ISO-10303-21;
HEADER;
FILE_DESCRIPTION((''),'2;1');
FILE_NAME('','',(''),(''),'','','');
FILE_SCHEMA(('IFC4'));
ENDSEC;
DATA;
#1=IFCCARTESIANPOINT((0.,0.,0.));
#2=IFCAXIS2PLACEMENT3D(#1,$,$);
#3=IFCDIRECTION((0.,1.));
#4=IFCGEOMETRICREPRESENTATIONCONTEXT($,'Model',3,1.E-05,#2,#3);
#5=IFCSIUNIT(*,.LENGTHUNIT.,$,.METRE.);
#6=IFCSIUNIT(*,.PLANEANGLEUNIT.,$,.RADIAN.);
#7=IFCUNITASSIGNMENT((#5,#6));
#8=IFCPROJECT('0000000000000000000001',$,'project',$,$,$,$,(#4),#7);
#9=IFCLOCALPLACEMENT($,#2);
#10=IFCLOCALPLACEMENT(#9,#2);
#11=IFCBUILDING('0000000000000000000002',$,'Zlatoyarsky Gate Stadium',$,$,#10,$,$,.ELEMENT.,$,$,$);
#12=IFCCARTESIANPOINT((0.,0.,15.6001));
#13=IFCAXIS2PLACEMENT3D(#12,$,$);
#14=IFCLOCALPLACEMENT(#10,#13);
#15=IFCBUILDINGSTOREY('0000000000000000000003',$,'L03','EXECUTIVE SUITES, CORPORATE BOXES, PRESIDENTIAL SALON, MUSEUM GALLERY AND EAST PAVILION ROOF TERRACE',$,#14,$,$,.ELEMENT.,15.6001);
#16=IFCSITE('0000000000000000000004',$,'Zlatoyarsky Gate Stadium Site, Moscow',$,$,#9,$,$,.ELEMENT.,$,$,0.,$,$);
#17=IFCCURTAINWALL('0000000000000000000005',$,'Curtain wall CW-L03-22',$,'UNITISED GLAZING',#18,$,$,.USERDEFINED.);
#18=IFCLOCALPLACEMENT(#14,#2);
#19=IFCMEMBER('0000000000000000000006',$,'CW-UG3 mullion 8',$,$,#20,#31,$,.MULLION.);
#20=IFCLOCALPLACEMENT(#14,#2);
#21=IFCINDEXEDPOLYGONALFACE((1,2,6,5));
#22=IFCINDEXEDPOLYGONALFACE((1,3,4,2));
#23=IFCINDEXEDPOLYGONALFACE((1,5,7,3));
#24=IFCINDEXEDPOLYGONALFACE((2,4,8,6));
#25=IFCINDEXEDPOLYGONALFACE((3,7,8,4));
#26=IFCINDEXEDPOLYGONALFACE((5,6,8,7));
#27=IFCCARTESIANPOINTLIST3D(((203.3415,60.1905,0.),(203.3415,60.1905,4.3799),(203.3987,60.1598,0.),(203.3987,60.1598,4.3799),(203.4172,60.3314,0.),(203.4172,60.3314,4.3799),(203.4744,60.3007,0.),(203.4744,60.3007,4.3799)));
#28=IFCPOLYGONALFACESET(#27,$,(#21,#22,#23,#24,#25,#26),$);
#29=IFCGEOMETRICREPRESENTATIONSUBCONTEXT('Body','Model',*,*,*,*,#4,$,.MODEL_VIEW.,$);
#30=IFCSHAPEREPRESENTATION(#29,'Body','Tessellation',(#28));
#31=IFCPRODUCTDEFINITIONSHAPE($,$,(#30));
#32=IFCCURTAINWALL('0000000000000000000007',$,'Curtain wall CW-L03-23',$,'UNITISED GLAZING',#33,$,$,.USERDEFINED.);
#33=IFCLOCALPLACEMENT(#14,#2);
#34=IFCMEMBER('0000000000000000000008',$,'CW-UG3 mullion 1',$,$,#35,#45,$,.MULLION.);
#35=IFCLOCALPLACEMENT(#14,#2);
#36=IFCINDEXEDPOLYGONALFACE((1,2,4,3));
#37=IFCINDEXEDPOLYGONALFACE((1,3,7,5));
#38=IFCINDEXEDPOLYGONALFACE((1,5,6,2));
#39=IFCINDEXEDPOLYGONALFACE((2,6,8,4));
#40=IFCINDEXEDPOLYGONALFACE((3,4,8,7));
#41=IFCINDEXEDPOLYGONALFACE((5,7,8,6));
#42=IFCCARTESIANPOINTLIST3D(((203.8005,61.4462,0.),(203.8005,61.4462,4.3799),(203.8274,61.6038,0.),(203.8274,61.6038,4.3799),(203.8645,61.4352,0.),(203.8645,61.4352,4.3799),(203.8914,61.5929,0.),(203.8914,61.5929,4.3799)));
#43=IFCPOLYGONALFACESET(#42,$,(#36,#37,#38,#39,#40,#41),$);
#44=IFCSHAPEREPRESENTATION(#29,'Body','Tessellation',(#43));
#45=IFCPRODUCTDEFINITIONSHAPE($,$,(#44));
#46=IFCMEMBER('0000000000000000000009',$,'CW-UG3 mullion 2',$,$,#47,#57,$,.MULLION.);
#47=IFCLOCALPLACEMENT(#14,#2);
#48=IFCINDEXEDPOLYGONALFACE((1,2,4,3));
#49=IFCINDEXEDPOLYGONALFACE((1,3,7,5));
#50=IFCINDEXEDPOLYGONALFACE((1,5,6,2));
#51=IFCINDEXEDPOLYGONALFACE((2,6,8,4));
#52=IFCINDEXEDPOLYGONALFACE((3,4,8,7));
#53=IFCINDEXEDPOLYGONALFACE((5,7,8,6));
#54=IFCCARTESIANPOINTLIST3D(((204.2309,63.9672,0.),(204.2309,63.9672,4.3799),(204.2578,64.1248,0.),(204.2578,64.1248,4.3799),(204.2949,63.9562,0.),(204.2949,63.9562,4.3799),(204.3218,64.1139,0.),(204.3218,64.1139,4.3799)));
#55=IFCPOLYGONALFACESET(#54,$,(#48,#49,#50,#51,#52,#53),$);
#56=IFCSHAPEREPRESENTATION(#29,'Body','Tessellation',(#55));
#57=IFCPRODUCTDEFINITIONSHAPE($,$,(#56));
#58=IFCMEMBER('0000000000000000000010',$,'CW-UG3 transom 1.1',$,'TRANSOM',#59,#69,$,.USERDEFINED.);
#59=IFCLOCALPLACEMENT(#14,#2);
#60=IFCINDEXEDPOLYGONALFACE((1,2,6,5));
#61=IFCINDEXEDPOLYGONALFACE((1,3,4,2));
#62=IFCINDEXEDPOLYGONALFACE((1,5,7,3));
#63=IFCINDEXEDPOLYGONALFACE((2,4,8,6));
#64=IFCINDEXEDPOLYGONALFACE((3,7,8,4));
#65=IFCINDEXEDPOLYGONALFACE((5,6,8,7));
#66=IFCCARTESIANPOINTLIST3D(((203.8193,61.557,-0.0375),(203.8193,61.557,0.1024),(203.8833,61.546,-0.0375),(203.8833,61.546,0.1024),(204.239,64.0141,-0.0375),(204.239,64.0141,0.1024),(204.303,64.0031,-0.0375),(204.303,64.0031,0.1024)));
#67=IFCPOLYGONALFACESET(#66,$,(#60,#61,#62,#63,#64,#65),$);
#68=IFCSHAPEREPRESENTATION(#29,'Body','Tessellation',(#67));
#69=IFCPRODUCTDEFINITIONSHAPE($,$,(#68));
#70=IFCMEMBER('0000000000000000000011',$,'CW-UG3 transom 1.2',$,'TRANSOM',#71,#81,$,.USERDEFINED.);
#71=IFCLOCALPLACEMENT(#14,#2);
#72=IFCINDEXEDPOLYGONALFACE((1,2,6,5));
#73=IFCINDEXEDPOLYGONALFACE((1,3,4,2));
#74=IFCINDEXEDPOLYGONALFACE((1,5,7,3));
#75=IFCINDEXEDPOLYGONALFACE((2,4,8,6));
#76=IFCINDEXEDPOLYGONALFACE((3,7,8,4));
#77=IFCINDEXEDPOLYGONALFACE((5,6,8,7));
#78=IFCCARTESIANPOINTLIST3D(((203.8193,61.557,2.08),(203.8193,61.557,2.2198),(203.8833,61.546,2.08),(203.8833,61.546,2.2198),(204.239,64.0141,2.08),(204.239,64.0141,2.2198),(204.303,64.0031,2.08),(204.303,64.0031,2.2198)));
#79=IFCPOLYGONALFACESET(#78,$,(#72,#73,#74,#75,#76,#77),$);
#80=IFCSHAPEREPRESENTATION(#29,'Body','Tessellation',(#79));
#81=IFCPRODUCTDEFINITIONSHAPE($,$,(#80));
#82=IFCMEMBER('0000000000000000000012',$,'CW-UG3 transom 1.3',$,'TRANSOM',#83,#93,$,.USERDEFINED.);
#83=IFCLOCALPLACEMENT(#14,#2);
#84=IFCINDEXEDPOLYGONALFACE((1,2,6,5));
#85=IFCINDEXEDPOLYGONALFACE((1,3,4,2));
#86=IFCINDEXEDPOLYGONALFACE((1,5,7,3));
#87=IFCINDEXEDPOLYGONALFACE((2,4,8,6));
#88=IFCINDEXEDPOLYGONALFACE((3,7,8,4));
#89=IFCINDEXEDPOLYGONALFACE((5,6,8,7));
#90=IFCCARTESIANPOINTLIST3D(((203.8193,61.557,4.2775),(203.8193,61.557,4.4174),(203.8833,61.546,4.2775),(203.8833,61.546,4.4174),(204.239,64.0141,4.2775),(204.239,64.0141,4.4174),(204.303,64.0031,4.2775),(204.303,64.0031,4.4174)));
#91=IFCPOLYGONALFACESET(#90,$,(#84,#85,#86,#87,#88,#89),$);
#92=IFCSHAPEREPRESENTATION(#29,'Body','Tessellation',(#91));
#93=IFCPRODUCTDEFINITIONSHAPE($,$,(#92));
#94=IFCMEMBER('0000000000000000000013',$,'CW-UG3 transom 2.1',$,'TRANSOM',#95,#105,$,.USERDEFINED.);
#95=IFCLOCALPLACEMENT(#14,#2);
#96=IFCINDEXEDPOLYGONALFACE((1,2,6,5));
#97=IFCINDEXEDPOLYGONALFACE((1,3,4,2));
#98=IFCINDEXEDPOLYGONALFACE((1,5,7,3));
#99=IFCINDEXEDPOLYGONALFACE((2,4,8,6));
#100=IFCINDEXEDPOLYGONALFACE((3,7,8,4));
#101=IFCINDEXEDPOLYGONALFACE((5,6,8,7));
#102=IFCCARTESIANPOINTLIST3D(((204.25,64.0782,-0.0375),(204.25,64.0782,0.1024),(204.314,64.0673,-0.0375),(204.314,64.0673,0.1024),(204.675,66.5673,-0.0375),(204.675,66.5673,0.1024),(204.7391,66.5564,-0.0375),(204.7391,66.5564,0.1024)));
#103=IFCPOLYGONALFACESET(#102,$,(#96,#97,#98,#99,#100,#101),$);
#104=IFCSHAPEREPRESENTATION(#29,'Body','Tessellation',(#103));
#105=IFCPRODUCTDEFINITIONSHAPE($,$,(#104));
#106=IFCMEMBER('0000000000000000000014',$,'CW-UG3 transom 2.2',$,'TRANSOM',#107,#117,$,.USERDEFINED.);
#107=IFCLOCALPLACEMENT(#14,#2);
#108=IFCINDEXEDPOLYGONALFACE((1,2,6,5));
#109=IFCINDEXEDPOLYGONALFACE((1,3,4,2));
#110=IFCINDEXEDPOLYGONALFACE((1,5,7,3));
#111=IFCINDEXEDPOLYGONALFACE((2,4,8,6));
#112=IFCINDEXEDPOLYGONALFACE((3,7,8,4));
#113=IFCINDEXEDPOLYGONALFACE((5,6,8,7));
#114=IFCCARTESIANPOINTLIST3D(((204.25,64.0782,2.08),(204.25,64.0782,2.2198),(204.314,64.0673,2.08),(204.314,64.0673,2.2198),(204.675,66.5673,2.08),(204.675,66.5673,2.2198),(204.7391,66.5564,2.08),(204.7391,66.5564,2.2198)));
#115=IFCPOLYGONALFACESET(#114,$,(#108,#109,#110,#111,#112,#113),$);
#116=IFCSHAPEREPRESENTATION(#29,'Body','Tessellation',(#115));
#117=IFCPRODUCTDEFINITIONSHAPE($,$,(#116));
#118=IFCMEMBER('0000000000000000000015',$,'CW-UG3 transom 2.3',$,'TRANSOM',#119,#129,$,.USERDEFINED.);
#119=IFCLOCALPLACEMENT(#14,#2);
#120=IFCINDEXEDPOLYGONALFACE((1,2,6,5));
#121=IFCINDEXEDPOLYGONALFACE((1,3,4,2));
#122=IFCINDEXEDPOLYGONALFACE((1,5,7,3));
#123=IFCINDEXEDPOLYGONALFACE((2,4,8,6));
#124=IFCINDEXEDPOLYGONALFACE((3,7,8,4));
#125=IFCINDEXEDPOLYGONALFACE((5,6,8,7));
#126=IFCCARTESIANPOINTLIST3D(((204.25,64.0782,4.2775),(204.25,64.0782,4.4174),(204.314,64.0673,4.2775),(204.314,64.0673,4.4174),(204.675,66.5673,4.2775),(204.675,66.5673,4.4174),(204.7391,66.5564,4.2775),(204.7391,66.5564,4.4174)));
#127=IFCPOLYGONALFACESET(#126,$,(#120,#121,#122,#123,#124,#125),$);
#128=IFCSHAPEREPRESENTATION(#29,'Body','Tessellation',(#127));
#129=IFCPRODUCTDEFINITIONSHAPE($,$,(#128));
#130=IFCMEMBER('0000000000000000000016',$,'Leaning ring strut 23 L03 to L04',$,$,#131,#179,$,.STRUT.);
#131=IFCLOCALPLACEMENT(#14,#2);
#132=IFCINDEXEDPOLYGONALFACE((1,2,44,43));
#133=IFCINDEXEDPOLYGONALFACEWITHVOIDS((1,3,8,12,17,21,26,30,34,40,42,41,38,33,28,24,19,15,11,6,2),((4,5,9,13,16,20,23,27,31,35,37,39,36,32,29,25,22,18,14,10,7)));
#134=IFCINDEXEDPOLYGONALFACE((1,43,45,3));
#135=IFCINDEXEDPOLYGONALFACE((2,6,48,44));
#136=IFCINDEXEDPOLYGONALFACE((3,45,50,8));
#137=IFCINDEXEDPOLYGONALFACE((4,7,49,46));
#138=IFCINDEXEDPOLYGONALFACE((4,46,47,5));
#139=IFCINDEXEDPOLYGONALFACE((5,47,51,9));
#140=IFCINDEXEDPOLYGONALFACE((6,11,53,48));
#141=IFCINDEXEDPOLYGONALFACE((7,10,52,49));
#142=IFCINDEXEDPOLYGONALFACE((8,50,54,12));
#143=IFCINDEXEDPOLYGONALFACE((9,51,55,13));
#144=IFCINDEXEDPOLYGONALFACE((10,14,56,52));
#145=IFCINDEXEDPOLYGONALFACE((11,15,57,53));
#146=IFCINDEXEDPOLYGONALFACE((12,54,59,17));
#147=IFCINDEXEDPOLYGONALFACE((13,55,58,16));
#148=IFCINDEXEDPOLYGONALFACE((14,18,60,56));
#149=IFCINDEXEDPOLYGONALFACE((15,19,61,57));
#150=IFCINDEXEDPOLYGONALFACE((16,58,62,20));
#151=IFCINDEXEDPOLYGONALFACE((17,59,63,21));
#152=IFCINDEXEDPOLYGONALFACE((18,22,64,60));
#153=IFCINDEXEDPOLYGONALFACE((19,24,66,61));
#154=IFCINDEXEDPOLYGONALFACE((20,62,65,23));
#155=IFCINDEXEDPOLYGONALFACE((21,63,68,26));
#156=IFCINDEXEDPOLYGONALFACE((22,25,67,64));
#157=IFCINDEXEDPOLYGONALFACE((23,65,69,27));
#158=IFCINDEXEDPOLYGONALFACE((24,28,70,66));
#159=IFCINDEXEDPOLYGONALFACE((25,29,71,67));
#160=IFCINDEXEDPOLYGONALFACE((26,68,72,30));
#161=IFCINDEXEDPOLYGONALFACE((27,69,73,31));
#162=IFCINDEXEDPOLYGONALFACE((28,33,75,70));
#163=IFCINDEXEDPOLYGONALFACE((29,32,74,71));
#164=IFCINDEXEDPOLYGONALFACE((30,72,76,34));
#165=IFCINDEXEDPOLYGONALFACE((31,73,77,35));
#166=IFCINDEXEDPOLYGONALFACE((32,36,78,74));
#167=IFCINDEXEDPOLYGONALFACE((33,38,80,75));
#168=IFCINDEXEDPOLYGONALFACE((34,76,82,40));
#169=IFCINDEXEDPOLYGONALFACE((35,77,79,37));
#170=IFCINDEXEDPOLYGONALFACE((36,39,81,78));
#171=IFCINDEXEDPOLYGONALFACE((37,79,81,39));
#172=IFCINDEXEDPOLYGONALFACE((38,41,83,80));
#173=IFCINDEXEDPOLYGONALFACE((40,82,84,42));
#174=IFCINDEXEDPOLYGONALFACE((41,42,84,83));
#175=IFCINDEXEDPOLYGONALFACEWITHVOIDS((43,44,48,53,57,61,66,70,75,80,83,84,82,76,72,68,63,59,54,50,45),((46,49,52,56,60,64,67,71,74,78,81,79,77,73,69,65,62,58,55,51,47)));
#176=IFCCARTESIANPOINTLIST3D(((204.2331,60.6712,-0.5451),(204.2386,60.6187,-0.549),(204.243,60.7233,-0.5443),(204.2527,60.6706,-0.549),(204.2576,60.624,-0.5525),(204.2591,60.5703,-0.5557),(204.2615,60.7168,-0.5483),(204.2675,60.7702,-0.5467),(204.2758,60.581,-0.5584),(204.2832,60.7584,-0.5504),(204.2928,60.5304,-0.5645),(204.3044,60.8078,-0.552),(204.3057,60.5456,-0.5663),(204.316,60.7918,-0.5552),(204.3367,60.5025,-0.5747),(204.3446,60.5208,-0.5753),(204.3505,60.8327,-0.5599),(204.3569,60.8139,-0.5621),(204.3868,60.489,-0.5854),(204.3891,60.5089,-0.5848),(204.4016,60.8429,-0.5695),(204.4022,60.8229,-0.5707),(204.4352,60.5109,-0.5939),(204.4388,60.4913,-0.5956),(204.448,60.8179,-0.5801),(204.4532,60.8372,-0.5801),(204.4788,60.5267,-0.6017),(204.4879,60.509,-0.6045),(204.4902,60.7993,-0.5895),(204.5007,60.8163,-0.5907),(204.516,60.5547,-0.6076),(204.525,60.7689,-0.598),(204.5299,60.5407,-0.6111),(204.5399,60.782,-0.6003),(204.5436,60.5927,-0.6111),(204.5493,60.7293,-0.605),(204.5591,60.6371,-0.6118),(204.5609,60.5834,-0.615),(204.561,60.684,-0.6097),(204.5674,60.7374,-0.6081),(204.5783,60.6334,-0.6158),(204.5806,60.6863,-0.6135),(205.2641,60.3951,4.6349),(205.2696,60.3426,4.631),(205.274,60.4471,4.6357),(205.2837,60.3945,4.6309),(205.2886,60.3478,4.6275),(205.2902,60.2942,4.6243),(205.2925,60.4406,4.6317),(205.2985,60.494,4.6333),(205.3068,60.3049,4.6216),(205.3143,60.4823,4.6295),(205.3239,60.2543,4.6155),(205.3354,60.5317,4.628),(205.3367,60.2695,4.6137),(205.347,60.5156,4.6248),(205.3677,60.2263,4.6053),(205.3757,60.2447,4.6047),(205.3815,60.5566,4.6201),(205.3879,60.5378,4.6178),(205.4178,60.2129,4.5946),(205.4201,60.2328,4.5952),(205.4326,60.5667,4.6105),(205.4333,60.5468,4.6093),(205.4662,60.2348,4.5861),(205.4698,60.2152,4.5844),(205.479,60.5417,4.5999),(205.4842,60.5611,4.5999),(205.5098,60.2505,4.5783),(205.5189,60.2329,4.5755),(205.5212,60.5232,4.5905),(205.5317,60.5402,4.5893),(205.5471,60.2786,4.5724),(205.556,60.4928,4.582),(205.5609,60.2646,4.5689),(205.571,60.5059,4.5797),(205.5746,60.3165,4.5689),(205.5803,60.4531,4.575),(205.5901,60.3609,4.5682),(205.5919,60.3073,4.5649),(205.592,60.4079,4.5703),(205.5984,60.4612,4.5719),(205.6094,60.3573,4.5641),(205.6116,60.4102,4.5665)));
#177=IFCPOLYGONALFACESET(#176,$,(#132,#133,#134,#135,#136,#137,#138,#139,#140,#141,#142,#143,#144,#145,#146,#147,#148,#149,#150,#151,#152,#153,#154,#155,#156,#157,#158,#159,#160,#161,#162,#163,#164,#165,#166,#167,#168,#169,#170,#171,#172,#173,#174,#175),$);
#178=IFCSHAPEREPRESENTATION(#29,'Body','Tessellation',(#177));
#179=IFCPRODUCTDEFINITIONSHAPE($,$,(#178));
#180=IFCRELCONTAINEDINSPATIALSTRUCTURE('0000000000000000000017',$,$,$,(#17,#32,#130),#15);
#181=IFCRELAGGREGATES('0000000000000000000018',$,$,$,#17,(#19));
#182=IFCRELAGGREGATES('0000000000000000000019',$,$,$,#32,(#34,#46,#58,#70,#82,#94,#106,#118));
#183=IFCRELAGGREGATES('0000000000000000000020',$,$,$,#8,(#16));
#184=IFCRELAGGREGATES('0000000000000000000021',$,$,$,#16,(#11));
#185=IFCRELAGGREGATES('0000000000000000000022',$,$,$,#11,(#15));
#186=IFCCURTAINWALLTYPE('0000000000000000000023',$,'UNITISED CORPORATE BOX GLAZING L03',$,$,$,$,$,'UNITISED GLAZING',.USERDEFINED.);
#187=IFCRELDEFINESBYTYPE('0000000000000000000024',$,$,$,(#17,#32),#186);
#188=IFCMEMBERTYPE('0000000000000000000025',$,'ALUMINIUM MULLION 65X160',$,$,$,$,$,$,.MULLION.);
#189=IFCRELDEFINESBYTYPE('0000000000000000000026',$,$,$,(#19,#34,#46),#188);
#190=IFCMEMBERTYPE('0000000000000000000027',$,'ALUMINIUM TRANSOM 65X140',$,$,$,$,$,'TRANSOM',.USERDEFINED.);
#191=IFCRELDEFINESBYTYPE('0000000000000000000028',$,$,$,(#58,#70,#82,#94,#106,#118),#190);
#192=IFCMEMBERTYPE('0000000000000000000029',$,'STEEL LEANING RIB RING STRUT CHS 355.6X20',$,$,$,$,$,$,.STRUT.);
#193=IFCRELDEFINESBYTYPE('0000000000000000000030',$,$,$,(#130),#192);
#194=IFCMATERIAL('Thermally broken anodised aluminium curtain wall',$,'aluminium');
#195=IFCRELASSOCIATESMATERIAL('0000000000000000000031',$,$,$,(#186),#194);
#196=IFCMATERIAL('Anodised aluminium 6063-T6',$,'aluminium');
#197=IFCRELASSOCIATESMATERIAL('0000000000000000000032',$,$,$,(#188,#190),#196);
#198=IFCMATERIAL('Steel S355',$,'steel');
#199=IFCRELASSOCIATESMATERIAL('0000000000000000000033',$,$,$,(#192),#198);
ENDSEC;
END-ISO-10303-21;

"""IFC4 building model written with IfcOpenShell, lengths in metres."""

from ifc_helpers import new_model, si_unit, direction, frame, origin, origin_2d, place, context, subcontext, project, spatial, rectangle, hollow_circle, extrude, material, material_profile, profile_set, type_object, element, aggregate, save


model = new_model("IFC4")

# Units and contexts
model_context = context("Model", 3, precision=1e-05, world=origin(), true_north=direction((0.0, 1.0)))
body_context = subcontext(model_context, "Body", "Model", "MODEL_VIEW")
ifc_project = project(units=[si_unit("LENGTHUNIT", "METRE"), si_unit("PLANEANGLEUNIT", "RADIAN")], contexts=[model_context])

# Site, building, storey
site_placement = place(None, origin())
site = spatial("IfcSite", under=ifc_project, at=site_placement, Name="Zlatoyarsky Gate Stadium Site, Moscow", CompositionType="ELEMENT", RefElevation=0.0)
building_placement = place(site_placement, origin())
building = spatial("IfcBuilding", under=site, at=building_placement, Name="Zlatoyarsky Gate Stadium", CompositionType="ELEMENT")
storey_placement = place(building_placement, frame((0.0, 0.0, 15.6001)))
storey = spatial("IfcBuildingStorey", under=building, at=storey_placement, Name="L03", Description="EXECUTIVE SUITES, CORPORATE BOXES, PRESIDENTIAL SALON, MUSEUM GALLERY AND EAST PAVILION ROOF TERRACE", CompositionType="ELEMENT", Elevation=15.6001)

# Curtain wall, member
ifc_material_1 = material(Name="Thermally broken anodised aluminium curtain wall", Category="aluminium")
curtain_wall_type = type_object("IfcCurtainWallType", Name="UNITISED CORPORATE BOX GLAZING L03", ElementType="UNITISED GLAZING", PredefinedType="USERDEFINED", material=ifc_material_1)
curtain_wall_1_placement = place(storey_placement, origin())
curtain_wall_1 = element("IfcCurtainWall", 1, at=curtain_wall_1_placement, inside=storey, type_object=curtain_wall_type, Name="Curtain wall CW-L03-22", ObjectType="UNITISED GLAZING", PredefinedType="USERDEFINED")
ifc_material_2 = material(Name="Anodised aluminium 6063-T6", Category="aluminium")
ifc_material_profile_1 = material_profile(ifc_material_2, rectangle(XDim=0.0649, YDim=0.1599, at=origin_2d()), Name="ALU 65X160")
ifc_profile_set_1 = profile_set([ifc_material_profile_1], Name="Anodised aluminium 6063-T6")
member_type_1 = type_object("IfcMemberType", Name="ALUMINIUM MULLION 65X160", PredefinedType="MULLION", material=ifc_profile_set_1)
member_1_placement = place(storey_placement, frame((203.408, 60.2456, 0.0), z_axis=(0.0, 0.0, 1.0), x_axis=(-0.880877, 0.473345, 0.0)))
member_1 = element("IfcMember", 2, at=member_1_placement, type_object=member_type_1, Name="CW-UG3 mullion 8", PredefinedType="MULLION", context=body_context, shape_type="SweptSolid", body=[
    extrude(rectangle(XDim=0.0649, YDim=0.1599, at=origin_2d()), origin(), (0.0, 0.0, 1.0), 4.3799),
])

# Curtain wall, members
curtain_wall_2_placement = place(storey_placement, origin())
curtain_wall_2 = element("IfcCurtainWall", 3, at=curtain_wall_2_placement, inside=storey, type_object=curtain_wall_type, Name="Curtain wall CW-L03-23", ObjectType="UNITISED GLAZING", PredefinedType="USERDEFINED")
member_2_placement = place(storey_placement, frame((203.8459, 61.5195, 0.0), z_axis=(0.0, 0.0, 1.0), x_axis=(-0.985726, 0.168356, 0.0)))
member_2 = element("IfcMember", 4, at=member_2_placement, type_object=member_type_1, Name="CW-UG3 mullion 1", PredefinedType="MULLION", context=body_context, shape_type="SweptSolid", body=[
    extrude(rectangle(XDim=0.0649, YDim=0.1599, at=origin_2d()), origin(), (0.0, 0.0, 1.0), 4.3799),
])
member_3_placement = place(storey_placement, frame((204.2764, 64.0405, 0.0), z_axis=(0.0, 0.0, 1.0), x_axis=(-0.985726, 0.168356, 0.0)))
member_3 = element("IfcMember", 5, at=member_3_placement, type_object=member_type_1, Name="CW-UG3 mullion 2", PredefinedType="MULLION", context=body_context, shape_type="SweptSolid", body=[
    extrude(rectangle(XDim=0.0649, YDim=0.1599, at=origin_2d()), origin(), (0.0, 0.0, 1.0), 4.3799),
])
ifc_material_profile_2 = material_profile(ifc_material_2, rectangle(XDim=0.0649, YDim=0.1399, at=origin_2d()), Name="ALU 65X140")
ifc_profile_set_2 = profile_set([ifc_material_profile_2], Name="Anodised aluminium 6063-T6")
member_type_2 = type_object("IfcMemberType", Name="ALUMINIUM TRANSOM 65X140", ElementType="TRANSOM", PredefinedType="USERDEFINED", material=ifc_profile_set_2)
member_4_placement = place(storey_placement, frame((203.8513, 61.5515, 0.0325), z_axis=(0.168368, 0.985724, 0.0), x_axis=(-0.985724, 0.168368, 0.0)))
member_4 = element("IfcMember", 6, at=member_4_placement, type_object=member_type_2, Name="CW-UG3 transom 1.1", ObjectType="TRANSOM", PredefinedType="USERDEFINED", context=body_context, shape_type="SweptSolid", body=[
    extrude(rectangle(XDim=0.0649, YDim=0.1399, at=origin_2d()), origin(), (0.0, 0.0, 1.0), 2.4927),
])
member_5_placement = place(storey_placement, frame((203.8513, 61.5515, 2.1499), z_axis=(0.168368, 0.985724, 0.0), x_axis=(-0.985724, 0.168368, 0.0)))
member_5 = element("IfcMember", 7, at=member_5_placement, type_object=member_type_2, Name="CW-UG3 transom 1.2", ObjectType="TRANSOM", PredefinedType="USERDEFINED", context=body_context, shape_type="SweptSolid", body=[
    extrude(rectangle(XDim=0.0649, YDim=0.1399, at=origin_2d()), origin(), (0.0, 0.0, 1.0), 2.4927),
])
member_6_placement = place(storey_placement, frame((203.8513, 61.5515, 4.3474), z_axis=(0.168368, 0.985724, 0.0), x_axis=(-0.985724, 0.168368, 0.0)))
member_6 = element("IfcMember", 8, at=member_6_placement, type_object=member_type_2, Name="CW-UG3 transom 1.3", ObjectType="TRANSOM", PredefinedType="USERDEFINED", context=body_context, shape_type="SweptSolid", body=[
    extrude(rectangle(XDim=0.0649, YDim=0.1399, at=origin_2d()), origin(), (0.0, 0.0, 1.0), 2.4927),
])
member_7_placement = place(storey_placement, frame((204.282, 64.0728, 0.0325), z_axis=(0.168333, 0.98573, 0.0), x_axis=(-0.98573, 0.168333, 0.0)))
member_7 = element("IfcMember", 9, at=member_7_placement, type_object=member_type_2, Name="CW-UG3 transom 2.1", ObjectType="TRANSOM", PredefinedType="USERDEFINED", context=body_context, shape_type="SweptSolid", body=[
    extrude(rectangle(XDim=0.0649, YDim=0.1399, at=origin_2d()), origin(), (0.0, 0.0, 1.0), 2.5251),
])
member_8_placement = place(storey_placement, frame((204.282, 64.0728, 2.1499), z_axis=(0.168333, 0.98573, 0.0), x_axis=(-0.98573, 0.168333, 0.0)))
member_8 = element("IfcMember", 10, at=member_8_placement, type_object=member_type_2, Name="CW-UG3 transom 2.2", ObjectType="TRANSOM", PredefinedType="USERDEFINED", context=body_context, shape_type="SweptSolid", body=[
    extrude(rectangle(XDim=0.0649, YDim=0.1399, at=origin_2d()), origin(), (0.0, 0.0, 1.0), 2.5251),
])
member_9_placement = place(storey_placement, frame((204.282, 64.0728, 4.3474), z_axis=(0.168333, 0.98573, 0.0), x_axis=(-0.98573, 0.168333, 0.0)))
member_9 = element("IfcMember", 11, at=member_9_placement, type_object=member_type_2, Name="CW-UG3 transom 2.3", ObjectType="TRANSOM", PredefinedType="USERDEFINED", context=body_context, shape_type="SweptSolid", body=[
    extrude(rectangle(XDim=0.0649, YDim=0.1399, at=origin_2d()), origin(), (0.0, 0.0, 1.0), 2.5251),
])

# Member
ifc_material_3 = material(Name="Steel S355", Category="steel")
ifc_material_profile_3 = material_profile(ifc_material_3, hollow_circle(Radius=0.1777, WallThickness=0.02, at=origin_2d()), Name="CHS 355.6X20")
ifc_profile_set_3 = profile_set([ifc_material_profile_3], Name="Steel S355")
member_type_3 = type_object("IfcMemberType", Name="STEEL LEANING RIB RING STRUT CHS 355.6X20", PredefinedType="STRUT", material=ifc_profile_set_3)
member_10_placement = place(storey_placement, frame((204.4072, 60.6655, -0.5801), z_axis=(0.194943, -0.052209, 0.979424), x_axis=(0.258702, 0.965957, 0.0)))
element("IfcMember", 12, at=member_10_placement, inside=storey, type_object=member_type_3, Name="Leaning ring strut 23 L03 to L04", PredefinedType="STRUT", context=body_context, shape_type="SweptSolid", body=[
    extrude(hollow_circle(Radius=0.1777, WallThickness=0.02, at=origin_2d()), origin(), (0.0, 0.0, 1.0), 5.2888),
])

aggregate(curtain_wall_1, [member_1])
aggregate(curtain_wall_2, [member_2, member_3, member_4, member_5, member_6, member_7, member_8, member_9])

save(model, "model.ifc")
